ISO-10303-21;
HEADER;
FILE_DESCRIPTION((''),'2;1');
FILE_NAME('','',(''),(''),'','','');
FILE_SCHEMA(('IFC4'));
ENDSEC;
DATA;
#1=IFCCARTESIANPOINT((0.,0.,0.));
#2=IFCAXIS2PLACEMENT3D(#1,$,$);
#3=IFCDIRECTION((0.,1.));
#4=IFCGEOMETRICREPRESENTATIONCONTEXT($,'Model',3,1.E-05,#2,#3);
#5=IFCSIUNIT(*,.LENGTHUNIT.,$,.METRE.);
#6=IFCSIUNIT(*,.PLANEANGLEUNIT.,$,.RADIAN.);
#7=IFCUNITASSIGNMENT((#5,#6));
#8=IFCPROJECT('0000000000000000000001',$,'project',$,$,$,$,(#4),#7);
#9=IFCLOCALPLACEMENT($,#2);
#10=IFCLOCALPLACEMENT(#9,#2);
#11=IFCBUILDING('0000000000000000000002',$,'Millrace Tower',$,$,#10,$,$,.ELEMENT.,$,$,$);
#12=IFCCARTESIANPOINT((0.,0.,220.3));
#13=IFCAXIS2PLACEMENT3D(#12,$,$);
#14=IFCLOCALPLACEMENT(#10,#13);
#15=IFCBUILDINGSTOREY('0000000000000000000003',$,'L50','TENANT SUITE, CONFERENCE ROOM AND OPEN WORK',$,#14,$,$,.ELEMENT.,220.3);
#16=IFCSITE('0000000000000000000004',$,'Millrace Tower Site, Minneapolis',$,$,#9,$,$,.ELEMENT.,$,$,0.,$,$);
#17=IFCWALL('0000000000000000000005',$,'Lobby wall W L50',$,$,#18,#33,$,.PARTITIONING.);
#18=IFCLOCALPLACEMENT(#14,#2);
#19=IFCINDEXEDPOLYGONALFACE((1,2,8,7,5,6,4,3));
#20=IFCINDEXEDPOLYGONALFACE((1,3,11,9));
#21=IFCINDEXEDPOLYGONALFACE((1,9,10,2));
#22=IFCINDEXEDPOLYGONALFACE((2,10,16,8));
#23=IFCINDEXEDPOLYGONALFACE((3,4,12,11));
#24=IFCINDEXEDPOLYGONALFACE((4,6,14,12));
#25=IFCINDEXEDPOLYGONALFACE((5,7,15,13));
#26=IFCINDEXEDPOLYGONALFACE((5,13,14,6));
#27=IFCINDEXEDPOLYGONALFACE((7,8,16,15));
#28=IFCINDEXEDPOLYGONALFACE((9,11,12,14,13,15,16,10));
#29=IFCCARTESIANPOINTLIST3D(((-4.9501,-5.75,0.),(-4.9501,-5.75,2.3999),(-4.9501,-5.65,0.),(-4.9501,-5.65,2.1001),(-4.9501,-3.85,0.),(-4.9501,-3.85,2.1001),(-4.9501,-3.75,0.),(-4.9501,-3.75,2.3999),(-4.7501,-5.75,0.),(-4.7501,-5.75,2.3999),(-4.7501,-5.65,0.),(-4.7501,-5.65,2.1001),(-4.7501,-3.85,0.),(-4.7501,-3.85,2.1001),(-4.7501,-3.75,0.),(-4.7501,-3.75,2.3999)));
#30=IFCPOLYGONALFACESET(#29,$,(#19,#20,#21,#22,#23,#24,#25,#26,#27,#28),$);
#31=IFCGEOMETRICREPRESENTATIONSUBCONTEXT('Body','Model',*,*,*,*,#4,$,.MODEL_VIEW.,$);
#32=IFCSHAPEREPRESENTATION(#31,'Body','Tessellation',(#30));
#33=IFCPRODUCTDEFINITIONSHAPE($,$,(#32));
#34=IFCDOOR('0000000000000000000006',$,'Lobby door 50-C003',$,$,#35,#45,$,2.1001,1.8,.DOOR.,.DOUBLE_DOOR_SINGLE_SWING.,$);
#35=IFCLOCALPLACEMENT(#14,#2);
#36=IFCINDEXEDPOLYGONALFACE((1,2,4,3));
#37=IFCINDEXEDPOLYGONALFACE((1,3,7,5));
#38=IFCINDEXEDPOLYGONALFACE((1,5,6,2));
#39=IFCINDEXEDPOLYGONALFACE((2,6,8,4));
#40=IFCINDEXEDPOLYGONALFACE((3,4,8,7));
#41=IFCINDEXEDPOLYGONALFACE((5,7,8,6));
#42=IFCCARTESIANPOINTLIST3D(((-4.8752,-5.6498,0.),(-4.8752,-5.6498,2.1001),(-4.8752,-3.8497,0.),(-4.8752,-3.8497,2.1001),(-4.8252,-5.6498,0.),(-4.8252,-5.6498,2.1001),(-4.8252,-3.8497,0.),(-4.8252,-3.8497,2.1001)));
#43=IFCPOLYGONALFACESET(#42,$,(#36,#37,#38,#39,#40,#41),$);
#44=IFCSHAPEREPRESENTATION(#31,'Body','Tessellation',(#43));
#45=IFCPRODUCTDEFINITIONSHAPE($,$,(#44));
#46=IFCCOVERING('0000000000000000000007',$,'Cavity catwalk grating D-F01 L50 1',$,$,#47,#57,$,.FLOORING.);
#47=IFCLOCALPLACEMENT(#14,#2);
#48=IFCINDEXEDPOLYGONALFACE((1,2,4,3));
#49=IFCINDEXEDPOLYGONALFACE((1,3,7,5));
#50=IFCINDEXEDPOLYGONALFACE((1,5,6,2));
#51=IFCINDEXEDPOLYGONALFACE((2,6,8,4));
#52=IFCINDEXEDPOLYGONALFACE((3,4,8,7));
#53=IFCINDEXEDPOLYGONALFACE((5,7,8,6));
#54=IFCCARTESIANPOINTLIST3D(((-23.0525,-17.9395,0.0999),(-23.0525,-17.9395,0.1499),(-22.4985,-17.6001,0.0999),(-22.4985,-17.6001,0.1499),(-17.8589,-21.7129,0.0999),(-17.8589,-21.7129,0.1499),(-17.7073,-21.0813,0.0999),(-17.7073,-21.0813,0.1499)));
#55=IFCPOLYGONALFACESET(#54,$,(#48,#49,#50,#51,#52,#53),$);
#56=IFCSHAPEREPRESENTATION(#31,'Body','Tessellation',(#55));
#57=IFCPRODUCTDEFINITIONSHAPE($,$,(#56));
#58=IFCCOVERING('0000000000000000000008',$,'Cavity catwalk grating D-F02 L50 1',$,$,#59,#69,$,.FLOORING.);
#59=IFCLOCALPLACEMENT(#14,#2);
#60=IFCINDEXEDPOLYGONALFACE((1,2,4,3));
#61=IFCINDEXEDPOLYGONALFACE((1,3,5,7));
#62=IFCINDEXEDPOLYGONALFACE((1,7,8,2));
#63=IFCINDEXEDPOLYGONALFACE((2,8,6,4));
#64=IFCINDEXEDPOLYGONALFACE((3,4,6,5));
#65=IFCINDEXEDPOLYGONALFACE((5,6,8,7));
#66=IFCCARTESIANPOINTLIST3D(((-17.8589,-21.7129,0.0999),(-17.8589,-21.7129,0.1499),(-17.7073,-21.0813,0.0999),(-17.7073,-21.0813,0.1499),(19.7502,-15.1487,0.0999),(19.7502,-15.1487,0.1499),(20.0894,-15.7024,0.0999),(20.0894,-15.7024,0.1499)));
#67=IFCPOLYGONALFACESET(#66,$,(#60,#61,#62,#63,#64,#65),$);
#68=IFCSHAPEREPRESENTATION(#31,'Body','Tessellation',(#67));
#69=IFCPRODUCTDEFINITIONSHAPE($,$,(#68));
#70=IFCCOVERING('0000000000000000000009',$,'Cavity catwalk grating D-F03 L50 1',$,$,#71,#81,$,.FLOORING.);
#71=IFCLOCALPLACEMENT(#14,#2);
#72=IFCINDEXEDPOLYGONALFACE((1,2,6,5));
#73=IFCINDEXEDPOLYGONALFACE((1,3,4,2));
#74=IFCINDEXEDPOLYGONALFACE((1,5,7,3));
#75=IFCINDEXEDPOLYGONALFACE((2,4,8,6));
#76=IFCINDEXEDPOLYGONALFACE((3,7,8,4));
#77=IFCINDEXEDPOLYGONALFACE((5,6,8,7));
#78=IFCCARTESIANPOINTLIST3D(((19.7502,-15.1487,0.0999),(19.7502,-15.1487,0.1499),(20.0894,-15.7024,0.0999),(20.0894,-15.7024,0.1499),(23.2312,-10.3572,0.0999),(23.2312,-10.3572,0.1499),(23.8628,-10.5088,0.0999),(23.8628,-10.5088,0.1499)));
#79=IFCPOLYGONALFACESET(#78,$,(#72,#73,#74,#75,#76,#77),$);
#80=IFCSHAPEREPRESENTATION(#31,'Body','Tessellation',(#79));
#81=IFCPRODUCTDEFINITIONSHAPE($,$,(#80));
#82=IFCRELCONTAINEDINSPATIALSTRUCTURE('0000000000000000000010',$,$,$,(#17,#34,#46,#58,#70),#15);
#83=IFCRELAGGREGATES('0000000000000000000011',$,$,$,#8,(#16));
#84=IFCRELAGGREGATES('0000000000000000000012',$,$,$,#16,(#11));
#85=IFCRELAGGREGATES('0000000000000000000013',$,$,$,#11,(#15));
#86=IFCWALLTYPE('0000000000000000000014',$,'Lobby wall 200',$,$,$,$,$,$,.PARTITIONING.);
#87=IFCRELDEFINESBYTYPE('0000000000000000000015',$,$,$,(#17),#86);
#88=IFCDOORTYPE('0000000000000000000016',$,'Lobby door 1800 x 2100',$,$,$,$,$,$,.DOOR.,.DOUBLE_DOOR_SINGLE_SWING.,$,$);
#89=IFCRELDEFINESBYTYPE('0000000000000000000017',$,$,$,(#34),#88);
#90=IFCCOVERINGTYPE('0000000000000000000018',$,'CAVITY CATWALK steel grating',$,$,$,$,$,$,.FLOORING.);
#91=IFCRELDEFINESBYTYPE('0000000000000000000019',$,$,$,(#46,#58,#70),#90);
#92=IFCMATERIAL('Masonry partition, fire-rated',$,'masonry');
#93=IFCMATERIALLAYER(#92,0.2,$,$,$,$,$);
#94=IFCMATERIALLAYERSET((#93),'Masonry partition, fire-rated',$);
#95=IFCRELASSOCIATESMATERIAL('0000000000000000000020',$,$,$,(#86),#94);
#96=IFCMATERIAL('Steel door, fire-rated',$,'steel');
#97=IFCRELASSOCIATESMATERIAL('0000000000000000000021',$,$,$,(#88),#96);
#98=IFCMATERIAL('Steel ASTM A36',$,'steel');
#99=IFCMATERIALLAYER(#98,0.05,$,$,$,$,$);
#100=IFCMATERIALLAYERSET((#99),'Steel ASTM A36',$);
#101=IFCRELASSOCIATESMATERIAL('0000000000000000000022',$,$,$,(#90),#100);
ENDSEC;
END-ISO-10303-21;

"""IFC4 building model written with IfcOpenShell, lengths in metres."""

from ifc_helpers import new_model, si_unit, direction, frame, frame_2d, origin, place, context, subcontext, project, spatial, polyline, rectangle, outline, extrude, material, layer, layer_set, type_object, element, fill, save


model = new_model("IFC4")

# Units and contexts
model_context = context("Model", 3, precision=1e-05, world=origin(), true_north=direction((0.0, 1.0)))
body_context = subcontext(model_context, "Body", "Model", "MODEL_VIEW")
ifc_project = project(units=[si_unit("LENGTHUNIT", "METRE"), si_unit("PLANEANGLEUNIT", "RADIAN")], contexts=[model_context])

# Site, building, storey
site_placement = place(None, origin())
site = spatial("IfcSite", under=ifc_project, at=site_placement, Name="Millrace Tower Site, Minneapolis", CompositionType="ELEMENT", RefElevation=0.0)
building_placement = place(site_placement, origin())
building = spatial("IfcBuilding", under=site, at=building_placement, Name="Millrace Tower", CompositionType="ELEMENT")
storey_placement = place(building_placement, frame((0.0, 0.0, 220.3)))
storey = spatial("IfcBuildingStorey", under=building, at=storey_placement, Name="L50", Description="TENANT SUITE, CONFERENCE ROOM AND OPEN WORK", CompositionType="ELEMENT", Elevation=220.3)

# Wall, opening, door
ifc_material_1 = material(Name="Masonry partition, fire-rated", Category="masonry")
ifc_layer_1 = layer(ifc_material_1, 0.2)
ifc_layer_set_1 = layer_set([ifc_layer_1], Name="Masonry partition, fire-rated")
wall_type_1 = type_object("IfcWallType", Name="Lobby wall 200", PredefinedType="PARTITIONING", material=ifc_layer_set_1)
wall_1_placement = place(storey_placement, frame((-4.8501, -5.75, 0.0), z_axis=(0.0, 0.0, 1.0), x_axis=(0.0, 1.0, 0.0)))
wall_1 = element("IfcWall", 1, at=wall_1_placement, inside=storey, type_object=wall_type_1, Name="Lobby wall W L50", PredefinedType="PARTITIONING", context=body_context, shape_type="SweptSolid", body=[
    extrude(rectangle(XDim=2.0, YDim=0.2, at=frame_2d((1.0, 0.0))), origin(), (0.0, 0.0, 1.0), 2.3999),
])
opening_1_placement = place(wall_1_placement, frame((0.1001, 0.0, 0.0)))
opening_1 = element("IfcOpeningElement", 2, at=opening_1_placement, cuts=wall_1, PredefinedType="OPENING", context=body_context, shape_type="SweptSolid", body=[
    extrude(rectangle(XDim=1.8, YDim=2.1001, at=frame_2d((0.8999, 1.05))), frame((0.0, 0.1099, 0.0), z_axis=(0.0, -1.0, 0.0), x_axis=(1.0, 0.0, 0.0)), (0.0, 0.0, 1.0), 0.22),
])
ifc_material_2 = material(Name="Steel door, fire-rated", Category="steel")
door_type_1 = type_object("IfcDoorType", Name="Lobby door 1800 x 2100", OperationType="DOUBLE_DOOR_SINGLE_SWING", PredefinedType="DOOR", material=ifc_material_2)
door_1_placement = place(opening_1_placement, frame((1.8, 0.0, 0.0), z_axis=(0.0, 0.0, 1.0), x_axis=(-1.0, 0.0, 0.0)))
door_1 = element("IfcDoor", 3, at=door_1_placement, inside=storey, type_object=door_type_1, Name="Lobby door 50-C003", OperationType="DOUBLE_DOOR_SINGLE_SWING", OverallHeight=2.1001, OverallWidth=1.8, PredefinedType="DOOR", context=body_context, shape_type="SweptSolid", body=[
    extrude(rectangle(XDim=1.8, YDim=2.1001, at=frame_2d((0.8999, 1.05))), frame((0.0, 0.0249, 0.0), z_axis=(0.0, -1.0, 0.0), x_axis=(1.0, 0.0, 0.0)), (0.0, 0.0, 1.0), 0.05),
])
fill(opening_1, door_1)

# Coverings
ifc_material_3 = material(Name="Steel ASTM A36", Category="steel")
ifc_layer_2 = layer(ifc_material_3, 0.05)
ifc_layer_set_2 = layer_set([ifc_layer_2], Name="Steel ASTM A36")
covering_type = type_object("IfcCoveringType", Name="CAVITY CATWALK steel grating", PredefinedType="FLOORING", material=ifc_layer_set_2)
placement_1 = place(storey_placement, frame((0.0, 0.0, 0.0999)))
element("IfcCovering", 4, at=placement_1, inside=storey, type_object=covering_type, Name="Cavity catwalk grating D-F01 L50 1", PredefinedType="FLOORING", context=body_context, shape_type="SweptSolid", body=[
    extrude(outline(polyline([(-23.0525, -17.9395), (-17.8589, -21.7129), (-17.7073, -21.0813), (-22.4985, -17.6001), (-23.0525, -17.9395)])), origin(), (0.0, 0.0, 1.0), 0.05),
])
element("IfcCovering", 5, at=placement_1, inside=storey, type_object=covering_type, Name="Cavity catwalk grating D-F02 L50 1", PredefinedType="FLOORING", context=body_context, shape_type="SweptSolid", body=[
    extrude(outline(polyline([(-17.8589, -21.7129), (20.0894, -15.7024), (19.7502, -15.1487), (-17.7073, -21.0813), (-17.8589, -21.7129)])), origin(), (0.0, 0.0, 1.0), 0.05),
])
element("IfcCovering", 6, at=placement_1, inside=storey, type_object=covering_type, Name="Cavity catwalk grating D-F03 L50 1", PredefinedType="FLOORING", context=body_context, shape_type="SweptSolid", body=[
    extrude(outline(polyline([(20.0894, -15.7024), (23.8628, -10.5088), (23.2312, -10.3572), (19.7502, -15.1487), (20.0894, -15.7024)])), origin(), (0.0, 0.0, 1.0), 0.05),
])

save(model, "model.ifc")
